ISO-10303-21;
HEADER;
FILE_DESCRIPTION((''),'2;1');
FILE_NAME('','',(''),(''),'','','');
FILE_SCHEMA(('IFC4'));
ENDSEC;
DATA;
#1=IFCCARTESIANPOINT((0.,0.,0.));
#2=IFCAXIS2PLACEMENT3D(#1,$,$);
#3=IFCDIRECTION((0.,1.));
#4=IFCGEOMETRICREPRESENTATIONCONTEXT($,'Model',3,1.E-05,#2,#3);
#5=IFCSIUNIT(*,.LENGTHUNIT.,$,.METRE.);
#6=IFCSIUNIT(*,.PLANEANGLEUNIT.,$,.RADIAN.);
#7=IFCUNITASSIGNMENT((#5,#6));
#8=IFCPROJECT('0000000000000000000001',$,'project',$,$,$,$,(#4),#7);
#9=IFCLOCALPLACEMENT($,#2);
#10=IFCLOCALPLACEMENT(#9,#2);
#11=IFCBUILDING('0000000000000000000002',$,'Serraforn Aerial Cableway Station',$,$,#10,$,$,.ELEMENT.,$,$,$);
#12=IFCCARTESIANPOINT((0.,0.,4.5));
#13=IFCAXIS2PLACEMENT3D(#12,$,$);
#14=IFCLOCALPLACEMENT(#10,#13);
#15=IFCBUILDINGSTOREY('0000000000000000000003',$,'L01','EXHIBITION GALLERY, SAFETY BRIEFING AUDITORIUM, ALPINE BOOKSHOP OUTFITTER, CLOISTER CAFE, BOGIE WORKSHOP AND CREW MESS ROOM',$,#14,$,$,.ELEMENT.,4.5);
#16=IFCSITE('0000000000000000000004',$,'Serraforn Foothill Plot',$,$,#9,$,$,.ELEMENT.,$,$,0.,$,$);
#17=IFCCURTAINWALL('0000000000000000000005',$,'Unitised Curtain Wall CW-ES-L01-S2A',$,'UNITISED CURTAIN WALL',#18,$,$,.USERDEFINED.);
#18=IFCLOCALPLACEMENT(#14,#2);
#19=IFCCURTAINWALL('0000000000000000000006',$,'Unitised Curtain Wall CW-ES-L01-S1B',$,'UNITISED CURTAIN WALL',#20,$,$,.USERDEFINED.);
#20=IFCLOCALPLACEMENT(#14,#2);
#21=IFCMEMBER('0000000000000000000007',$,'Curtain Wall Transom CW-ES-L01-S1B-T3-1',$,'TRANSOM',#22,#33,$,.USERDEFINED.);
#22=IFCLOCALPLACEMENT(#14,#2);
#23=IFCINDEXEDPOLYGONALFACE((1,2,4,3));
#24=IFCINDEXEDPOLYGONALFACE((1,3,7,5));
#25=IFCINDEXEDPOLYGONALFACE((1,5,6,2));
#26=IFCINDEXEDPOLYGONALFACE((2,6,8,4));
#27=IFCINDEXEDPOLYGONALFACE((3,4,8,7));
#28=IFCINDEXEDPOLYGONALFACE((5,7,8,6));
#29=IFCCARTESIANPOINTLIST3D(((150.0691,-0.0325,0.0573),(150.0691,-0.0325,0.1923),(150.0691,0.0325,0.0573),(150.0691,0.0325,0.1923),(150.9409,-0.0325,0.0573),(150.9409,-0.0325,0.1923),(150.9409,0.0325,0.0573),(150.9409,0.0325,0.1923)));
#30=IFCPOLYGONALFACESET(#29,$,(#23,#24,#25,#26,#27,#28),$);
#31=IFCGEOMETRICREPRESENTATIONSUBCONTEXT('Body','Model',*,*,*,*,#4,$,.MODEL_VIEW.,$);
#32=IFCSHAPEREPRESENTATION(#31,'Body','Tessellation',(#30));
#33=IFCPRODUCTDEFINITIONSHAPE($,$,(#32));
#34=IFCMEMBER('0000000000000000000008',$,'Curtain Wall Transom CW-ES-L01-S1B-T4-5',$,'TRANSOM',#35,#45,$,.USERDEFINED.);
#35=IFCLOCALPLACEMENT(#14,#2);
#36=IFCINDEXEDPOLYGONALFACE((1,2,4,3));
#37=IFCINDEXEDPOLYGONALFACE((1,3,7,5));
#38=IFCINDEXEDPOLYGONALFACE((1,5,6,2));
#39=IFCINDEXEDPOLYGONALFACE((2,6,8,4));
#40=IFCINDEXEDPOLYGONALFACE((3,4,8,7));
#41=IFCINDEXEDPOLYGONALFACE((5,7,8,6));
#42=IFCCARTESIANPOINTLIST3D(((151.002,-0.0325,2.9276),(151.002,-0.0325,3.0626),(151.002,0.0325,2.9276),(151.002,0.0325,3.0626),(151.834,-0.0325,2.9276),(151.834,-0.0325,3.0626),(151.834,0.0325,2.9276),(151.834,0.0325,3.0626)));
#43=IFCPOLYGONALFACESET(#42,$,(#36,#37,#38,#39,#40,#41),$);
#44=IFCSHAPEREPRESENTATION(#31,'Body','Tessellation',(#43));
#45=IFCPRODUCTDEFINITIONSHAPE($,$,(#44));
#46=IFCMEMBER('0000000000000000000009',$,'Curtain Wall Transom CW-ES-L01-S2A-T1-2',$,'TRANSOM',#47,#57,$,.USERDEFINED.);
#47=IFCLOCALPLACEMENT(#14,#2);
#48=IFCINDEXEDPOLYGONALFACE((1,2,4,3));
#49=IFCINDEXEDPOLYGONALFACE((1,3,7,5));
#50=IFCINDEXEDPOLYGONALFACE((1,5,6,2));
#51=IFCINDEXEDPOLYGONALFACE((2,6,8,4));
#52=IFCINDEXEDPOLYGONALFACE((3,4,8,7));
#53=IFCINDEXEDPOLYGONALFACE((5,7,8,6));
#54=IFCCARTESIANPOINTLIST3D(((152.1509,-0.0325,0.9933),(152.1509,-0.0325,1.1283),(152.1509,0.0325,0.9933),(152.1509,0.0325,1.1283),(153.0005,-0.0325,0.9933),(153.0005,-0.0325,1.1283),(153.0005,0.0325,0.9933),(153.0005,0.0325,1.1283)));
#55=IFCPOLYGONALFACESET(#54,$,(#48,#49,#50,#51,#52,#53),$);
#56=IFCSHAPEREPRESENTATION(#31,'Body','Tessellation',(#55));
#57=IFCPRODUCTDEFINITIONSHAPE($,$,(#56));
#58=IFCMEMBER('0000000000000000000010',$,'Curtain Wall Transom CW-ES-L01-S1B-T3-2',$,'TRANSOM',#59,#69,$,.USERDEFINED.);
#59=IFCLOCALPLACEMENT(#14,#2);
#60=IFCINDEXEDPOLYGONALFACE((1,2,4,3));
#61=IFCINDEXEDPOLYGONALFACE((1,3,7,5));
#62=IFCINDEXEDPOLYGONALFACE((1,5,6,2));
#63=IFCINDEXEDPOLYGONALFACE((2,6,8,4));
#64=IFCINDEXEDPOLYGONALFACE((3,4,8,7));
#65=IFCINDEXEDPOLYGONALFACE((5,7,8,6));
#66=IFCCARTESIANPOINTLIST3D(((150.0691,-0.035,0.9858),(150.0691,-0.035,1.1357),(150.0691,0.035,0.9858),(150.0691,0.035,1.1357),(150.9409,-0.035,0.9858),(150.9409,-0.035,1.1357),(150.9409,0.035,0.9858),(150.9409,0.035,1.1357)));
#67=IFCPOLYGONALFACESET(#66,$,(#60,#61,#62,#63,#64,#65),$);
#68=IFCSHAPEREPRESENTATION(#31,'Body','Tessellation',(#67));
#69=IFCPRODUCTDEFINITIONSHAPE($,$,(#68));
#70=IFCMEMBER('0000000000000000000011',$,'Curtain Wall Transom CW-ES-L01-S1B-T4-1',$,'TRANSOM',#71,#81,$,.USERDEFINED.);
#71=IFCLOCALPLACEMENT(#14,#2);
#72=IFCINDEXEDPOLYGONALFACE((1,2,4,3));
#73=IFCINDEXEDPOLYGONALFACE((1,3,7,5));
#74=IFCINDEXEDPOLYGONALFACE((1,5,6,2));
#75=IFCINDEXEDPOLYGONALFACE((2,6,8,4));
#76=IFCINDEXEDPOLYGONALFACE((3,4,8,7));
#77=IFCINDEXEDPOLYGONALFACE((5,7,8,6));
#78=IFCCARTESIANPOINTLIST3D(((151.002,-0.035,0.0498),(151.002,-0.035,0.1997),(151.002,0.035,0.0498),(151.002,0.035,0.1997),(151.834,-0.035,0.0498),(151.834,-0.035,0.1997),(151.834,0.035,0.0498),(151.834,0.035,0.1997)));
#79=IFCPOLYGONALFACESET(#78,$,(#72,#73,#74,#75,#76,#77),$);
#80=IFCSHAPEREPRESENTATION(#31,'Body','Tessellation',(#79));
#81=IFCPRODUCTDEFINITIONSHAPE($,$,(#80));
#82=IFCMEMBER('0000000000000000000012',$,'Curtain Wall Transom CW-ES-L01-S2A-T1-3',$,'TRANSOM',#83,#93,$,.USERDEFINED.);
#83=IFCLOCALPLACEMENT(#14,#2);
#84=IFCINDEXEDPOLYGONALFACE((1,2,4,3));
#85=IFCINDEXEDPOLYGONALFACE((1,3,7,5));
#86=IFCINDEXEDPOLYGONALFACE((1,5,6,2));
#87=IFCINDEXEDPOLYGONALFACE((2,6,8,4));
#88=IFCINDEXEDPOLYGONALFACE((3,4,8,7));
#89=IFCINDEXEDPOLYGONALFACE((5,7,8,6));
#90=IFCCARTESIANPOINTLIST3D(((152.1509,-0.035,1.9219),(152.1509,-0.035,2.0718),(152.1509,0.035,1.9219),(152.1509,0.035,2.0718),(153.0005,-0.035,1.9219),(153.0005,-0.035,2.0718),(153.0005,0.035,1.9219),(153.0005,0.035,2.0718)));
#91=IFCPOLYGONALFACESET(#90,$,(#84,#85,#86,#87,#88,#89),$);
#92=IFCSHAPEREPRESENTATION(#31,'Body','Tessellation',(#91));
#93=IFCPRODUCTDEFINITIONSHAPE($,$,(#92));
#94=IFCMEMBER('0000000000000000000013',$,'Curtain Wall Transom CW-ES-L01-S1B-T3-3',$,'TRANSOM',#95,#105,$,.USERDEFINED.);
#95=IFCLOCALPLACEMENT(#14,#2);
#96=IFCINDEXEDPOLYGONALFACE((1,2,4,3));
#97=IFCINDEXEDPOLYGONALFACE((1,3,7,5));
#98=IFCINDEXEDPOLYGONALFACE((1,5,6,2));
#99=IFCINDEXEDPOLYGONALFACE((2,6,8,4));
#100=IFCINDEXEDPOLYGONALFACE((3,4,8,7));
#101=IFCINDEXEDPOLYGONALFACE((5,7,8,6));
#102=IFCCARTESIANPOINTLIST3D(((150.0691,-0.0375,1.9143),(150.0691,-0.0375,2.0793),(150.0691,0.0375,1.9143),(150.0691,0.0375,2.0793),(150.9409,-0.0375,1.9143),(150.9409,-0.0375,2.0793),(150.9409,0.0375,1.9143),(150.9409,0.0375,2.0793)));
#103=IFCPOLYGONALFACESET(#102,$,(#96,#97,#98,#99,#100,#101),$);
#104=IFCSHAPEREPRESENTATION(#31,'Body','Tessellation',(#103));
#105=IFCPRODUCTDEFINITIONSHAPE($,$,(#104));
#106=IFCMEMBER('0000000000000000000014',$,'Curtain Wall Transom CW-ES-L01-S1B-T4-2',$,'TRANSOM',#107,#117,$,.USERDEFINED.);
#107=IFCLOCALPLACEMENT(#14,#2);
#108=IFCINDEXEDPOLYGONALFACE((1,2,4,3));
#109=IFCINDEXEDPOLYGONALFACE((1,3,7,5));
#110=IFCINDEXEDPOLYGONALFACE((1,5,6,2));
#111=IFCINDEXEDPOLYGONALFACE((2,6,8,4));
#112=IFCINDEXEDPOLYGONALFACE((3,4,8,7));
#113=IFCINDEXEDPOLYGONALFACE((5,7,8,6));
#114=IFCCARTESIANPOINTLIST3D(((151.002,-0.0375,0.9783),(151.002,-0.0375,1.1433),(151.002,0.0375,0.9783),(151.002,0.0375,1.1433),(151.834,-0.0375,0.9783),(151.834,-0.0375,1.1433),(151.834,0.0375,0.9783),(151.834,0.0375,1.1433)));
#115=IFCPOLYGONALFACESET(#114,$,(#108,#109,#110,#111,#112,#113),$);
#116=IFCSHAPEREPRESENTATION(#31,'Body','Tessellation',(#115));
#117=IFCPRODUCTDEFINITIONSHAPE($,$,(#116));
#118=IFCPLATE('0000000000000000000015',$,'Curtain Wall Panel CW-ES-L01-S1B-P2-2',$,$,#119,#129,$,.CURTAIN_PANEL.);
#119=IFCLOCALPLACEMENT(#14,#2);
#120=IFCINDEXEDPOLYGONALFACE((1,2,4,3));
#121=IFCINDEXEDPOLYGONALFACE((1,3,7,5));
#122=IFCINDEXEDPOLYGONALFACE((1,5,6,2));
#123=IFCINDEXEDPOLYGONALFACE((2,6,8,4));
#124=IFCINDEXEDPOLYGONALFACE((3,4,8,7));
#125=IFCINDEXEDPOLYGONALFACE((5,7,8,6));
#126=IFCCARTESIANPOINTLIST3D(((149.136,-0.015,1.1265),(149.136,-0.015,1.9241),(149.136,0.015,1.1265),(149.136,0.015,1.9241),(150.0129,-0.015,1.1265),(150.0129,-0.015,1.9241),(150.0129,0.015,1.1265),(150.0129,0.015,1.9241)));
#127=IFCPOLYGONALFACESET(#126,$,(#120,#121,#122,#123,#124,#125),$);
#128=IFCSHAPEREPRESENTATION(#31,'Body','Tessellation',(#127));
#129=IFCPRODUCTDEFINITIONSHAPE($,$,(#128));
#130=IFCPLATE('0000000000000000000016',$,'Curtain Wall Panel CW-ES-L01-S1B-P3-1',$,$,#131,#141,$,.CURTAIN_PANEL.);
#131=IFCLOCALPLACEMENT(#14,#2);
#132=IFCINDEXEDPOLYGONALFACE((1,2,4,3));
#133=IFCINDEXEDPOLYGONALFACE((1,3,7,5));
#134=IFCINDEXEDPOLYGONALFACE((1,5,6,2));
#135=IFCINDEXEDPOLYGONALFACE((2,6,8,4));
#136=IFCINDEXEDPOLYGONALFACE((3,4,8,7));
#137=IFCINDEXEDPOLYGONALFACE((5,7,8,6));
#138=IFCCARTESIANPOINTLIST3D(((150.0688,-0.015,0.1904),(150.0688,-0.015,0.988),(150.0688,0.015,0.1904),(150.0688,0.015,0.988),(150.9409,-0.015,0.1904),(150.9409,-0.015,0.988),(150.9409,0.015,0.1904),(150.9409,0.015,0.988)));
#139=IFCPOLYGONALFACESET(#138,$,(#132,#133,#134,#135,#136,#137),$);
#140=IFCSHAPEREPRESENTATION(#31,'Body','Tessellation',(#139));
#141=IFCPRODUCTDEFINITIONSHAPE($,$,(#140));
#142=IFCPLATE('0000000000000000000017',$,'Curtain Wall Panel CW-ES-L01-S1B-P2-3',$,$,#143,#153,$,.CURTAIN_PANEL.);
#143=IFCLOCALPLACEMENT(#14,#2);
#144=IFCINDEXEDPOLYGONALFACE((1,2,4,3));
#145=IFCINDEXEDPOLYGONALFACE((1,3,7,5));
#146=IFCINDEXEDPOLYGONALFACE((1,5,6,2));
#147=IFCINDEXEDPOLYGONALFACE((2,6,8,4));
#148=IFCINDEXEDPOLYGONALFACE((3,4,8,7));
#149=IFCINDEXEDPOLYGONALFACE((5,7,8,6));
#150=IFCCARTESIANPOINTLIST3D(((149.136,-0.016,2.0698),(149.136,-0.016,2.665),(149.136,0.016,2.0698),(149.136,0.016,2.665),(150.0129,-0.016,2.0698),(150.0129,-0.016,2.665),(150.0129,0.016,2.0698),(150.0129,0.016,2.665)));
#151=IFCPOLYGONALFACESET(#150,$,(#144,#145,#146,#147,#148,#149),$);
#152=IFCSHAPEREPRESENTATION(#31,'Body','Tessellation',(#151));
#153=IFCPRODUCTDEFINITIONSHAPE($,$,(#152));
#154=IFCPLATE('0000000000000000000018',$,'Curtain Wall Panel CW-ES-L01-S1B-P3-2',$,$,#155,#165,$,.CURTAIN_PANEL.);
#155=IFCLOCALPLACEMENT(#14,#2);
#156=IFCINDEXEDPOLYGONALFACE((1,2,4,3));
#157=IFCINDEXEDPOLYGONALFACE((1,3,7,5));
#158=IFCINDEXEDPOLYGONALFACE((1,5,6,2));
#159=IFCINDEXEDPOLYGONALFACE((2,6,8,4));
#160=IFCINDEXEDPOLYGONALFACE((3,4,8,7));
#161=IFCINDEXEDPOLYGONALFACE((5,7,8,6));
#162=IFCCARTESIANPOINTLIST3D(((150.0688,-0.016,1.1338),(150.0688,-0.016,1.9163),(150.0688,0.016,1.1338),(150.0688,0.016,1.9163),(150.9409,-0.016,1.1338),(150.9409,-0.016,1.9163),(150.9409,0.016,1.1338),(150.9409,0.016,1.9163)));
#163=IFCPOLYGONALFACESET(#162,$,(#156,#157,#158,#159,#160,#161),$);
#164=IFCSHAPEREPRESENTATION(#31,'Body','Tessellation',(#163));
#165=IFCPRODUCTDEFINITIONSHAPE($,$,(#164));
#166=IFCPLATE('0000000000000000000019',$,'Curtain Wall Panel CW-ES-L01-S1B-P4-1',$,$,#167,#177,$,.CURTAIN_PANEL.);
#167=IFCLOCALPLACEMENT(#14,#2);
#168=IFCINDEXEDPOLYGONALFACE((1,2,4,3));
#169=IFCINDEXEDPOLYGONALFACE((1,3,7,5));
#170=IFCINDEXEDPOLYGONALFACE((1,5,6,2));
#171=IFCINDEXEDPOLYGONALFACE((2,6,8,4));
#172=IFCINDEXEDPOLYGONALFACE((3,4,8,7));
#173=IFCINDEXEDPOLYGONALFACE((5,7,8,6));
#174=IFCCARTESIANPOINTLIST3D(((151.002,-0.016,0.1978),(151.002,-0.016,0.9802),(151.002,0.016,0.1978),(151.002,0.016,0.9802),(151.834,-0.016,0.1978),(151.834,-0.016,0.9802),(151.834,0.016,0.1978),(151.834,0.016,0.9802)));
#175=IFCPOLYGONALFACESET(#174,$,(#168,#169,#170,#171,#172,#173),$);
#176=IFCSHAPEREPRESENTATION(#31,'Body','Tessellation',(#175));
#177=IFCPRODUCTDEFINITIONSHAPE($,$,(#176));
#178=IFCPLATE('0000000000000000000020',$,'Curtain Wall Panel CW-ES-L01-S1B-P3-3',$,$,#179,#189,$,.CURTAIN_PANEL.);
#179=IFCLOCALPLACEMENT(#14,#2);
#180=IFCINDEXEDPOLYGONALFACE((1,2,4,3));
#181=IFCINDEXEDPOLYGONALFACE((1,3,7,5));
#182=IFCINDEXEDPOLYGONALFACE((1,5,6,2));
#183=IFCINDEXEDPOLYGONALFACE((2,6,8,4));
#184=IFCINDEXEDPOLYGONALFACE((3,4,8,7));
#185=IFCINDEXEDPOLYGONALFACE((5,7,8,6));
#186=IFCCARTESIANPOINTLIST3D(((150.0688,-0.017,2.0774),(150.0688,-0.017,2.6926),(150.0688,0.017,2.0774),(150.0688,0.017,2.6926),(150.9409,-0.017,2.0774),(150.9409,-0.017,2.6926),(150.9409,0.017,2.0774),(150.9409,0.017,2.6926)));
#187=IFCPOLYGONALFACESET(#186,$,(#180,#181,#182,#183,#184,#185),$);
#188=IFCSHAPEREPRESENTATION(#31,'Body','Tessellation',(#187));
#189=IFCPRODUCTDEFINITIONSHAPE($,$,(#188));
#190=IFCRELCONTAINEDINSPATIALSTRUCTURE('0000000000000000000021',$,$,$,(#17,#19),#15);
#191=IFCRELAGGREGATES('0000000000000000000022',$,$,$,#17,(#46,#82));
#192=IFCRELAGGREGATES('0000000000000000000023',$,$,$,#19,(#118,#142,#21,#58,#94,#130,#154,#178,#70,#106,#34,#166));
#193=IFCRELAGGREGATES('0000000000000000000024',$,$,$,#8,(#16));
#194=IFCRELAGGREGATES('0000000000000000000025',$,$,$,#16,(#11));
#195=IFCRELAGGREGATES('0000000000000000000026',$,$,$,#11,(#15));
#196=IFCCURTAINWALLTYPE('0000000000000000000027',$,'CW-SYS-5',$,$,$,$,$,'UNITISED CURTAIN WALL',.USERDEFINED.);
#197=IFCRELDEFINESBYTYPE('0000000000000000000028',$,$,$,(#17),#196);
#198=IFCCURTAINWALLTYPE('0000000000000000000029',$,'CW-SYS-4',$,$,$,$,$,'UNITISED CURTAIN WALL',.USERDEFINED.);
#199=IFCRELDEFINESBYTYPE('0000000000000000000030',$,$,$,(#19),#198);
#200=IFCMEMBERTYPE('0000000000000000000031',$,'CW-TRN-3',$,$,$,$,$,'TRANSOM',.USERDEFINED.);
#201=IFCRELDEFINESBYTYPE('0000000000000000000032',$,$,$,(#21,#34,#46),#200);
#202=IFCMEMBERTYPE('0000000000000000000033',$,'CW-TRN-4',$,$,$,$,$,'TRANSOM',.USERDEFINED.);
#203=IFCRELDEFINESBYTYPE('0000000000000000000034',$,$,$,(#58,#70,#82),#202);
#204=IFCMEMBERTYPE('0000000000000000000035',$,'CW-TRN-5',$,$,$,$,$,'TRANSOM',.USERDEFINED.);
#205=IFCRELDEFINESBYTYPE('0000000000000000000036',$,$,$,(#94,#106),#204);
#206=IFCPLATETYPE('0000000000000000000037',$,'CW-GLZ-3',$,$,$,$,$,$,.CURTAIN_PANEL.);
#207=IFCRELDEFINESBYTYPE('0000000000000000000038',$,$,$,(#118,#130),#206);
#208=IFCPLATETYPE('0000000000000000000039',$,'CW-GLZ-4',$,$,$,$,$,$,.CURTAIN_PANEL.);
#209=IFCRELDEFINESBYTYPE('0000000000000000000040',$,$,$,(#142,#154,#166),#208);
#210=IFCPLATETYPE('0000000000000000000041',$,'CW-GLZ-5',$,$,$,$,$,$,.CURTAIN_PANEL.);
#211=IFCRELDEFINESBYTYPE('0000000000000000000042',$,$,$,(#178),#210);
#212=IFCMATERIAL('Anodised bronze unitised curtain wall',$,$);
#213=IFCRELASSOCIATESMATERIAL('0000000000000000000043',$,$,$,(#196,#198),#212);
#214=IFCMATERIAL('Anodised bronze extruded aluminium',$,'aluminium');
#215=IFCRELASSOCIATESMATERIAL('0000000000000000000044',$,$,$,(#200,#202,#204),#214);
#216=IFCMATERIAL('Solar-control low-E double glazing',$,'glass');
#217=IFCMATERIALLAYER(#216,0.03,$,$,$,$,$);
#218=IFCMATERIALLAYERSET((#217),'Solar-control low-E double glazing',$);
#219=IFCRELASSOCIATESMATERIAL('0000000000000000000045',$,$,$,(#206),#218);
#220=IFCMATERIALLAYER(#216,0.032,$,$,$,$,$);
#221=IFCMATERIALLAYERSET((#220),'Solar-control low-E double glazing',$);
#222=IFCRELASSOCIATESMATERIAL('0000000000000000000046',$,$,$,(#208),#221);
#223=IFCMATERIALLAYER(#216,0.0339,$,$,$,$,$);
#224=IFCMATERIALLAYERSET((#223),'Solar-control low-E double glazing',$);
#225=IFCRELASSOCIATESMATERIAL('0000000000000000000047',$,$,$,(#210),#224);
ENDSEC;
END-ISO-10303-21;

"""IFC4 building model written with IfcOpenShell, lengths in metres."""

from ifc_helpers import new_model, si_unit, direction, frame, origin, origin_2d, place, context, subcontext, project, spatial, rectangle, extrude, material, layer, layer_set, material_profile, profile_set, type_object, element, aggregate, save


model = new_model("IFC4")

# Units and contexts
model_context = context("Model", 3, precision=1e-05, world=origin(), true_north=direction((0.0, 1.0)))
body_context = subcontext(model_context, "Body", "Model", "MODEL_VIEW")
ifc_project = project(units=[si_unit("LENGTHUNIT", "METRE"), si_unit("PLANEANGLEUNIT", "RADIAN")], contexts=[model_context])

# Site, building, storey
site_placement = place(None, origin())
site = spatial("IfcSite", under=ifc_project, at=site_placement, Name="Serraforn Foothill Plot", CompositionType="ELEMENT", RefElevation=0.0)
building_placement = place(site_placement, origin())
building = spatial("IfcBuilding", under=site, at=building_placement, Name="Serraforn Aerial Cableway Station", CompositionType="ELEMENT")
storey_placement = place(building_placement, frame((0.0, 0.0, 4.5)))
storey = spatial("IfcBuildingStorey", under=building, at=storey_placement, Name="L01", Description="EXHIBITION GALLERY, SAFETY BRIEFING AUDITORIUM, ALPINE BOOKSHOP OUTFITTER, CLOISTER CAFE, BOGIE WORKSHOP AND CREW MESS ROOM", CompositionType="ELEMENT", Elevation=4.5)

# Curtain wall
ifc_material_1 = material(Name="Anodised bronze unitised curtain wall")
curtain_wall_type_1 = type_object("IfcCurtainWallType", Name="CW-SYS-5", ElementType="UNITISED CURTAIN WALL", PredefinedType="USERDEFINED", material=ifc_material_1)
curtain_wall_1_placement = place(storey_placement, origin())
curtain_wall_1 = element("IfcCurtainWall", 1, at=curtain_wall_1_placement, inside=storey, type_object=curtain_wall_type_1, Name="Unitised Curtain Wall CW-ES-L01-S2A", ObjectType="UNITISED CURTAIN WALL", PredefinedType="USERDEFINED")
ifc_material_2 = material(Name="Anodised bronze extruded aluminium", Category="aluminium")

# Curtain wall
curtain_wall_type_2 = type_object("IfcCurtainWallType", Name="CW-SYS-4", ElementType="UNITISED CURTAIN WALL", PredefinedType="USERDEFINED", material=ifc_material_1)
curtain_wall_2_placement = place(storey_placement, origin())
curtain_wall_2 = element("IfcCurtainWall", 2, at=curtain_wall_2_placement, inside=storey, type_object=curtain_wall_type_2, Name="Unitised Curtain Wall CW-ES-L01-S1B", ObjectType="UNITISED CURTAIN WALL", PredefinedType="USERDEFINED")

# Members
ifc_material_profile_1 = material_profile(ifc_material_2, rectangle(XDim=0.0649, YDim=0.135, at=origin_2d()), Name="CW TRANSOM 65x135")
ifc_profile_set_1 = profile_set([ifc_material_profile_1], Name="Anodised bronze extruded aluminium")
member_type_1 = type_object("IfcMemberType", Name="CW-TRN-3", ElementType="TRANSOM", PredefinedType="USERDEFINED", material=ifc_profile_set_1)
member_1_placement = place(storey_placement, frame((150.0691, 0.0, 0.1248), z_axis=(1.0, 0.0, 0.0), x_axis=(0.0, 1.0, 0.0)))
member_1 = element("IfcMember", 3, at=member_1_placement, type_object=member_type_1, Name="Curtain Wall Transom CW-ES-L01-S1B-T3-1", ObjectType="TRANSOM", PredefinedType="USERDEFINED", context=body_context, shape_type="SweptSolid", body=[
    extrude(rectangle(XDim=0.0649, YDim=0.135, at=origin_2d()), origin(), (0.0, 0.0, 1.0), 0.8718),
])
member_2_placement = place(storey_placement, frame((151.002, 0.0, 2.9951), z_axis=(1.0, 0.0, 0.0), x_axis=(0.0, 1.0, 0.0)))
member_2 = element("IfcMember", 4, at=member_2_placement, type_object=member_type_1, Name="Curtain Wall Transom CW-ES-L01-S1B-T4-5", ObjectType="TRANSOM", PredefinedType="USERDEFINED", context=body_context, shape_type="SweptSolid", body=[
    extrude(rectangle(XDim=0.0649, YDim=0.135, at=origin_2d()), origin(), (0.0, 0.0, 1.0), 0.832),
])
member_3_placement = place(storey_placement, frame((152.1509, 0.0, 1.0608), z_axis=(1.0, 0.0, 0.0), x_axis=(0.0, 1.0, 0.0)))
member_3 = element("IfcMember", 5, at=member_3_placement, type_object=member_type_1, Name="Curtain Wall Transom CW-ES-L01-S2A-T1-2", ObjectType="TRANSOM", PredefinedType="USERDEFINED", context=body_context, shape_type="SweptSolid", body=[
    extrude(rectangle(XDim=0.0649, YDim=0.135, at=origin_2d()), origin(), (0.0, 0.0, 1.0), 0.8496),
])
ifc_material_profile_2 = material_profile(ifc_material_2, rectangle(XDim=0.0701, YDim=0.1499, at=origin_2d()), Name="CW TRANSOM 70x150")
ifc_profile_set_2 = profile_set([ifc_material_profile_2], Name="Anodised bronze extruded aluminium")
member_type_2 = type_object("IfcMemberType", Name="CW-TRN-4", ElementType="TRANSOM", PredefinedType="USERDEFINED", material=ifc_profile_set_2)
member_4_placement = place(storey_placement, frame((150.0691, 0.0, 1.0608), z_axis=(1.0, 0.0, 0.0), x_axis=(0.0, 1.0, 0.0)))
member_4 = element("IfcMember", 6, at=member_4_placement, type_object=member_type_2, Name="Curtain Wall Transom CW-ES-L01-S1B-T3-2", ObjectType="TRANSOM", PredefinedType="USERDEFINED", context=body_context, shape_type="SweptSolid", body=[
    extrude(rectangle(XDim=0.0701, YDim=0.1499, at=origin_2d()), origin(), (0.0, 0.0, 1.0), 0.8718),
])
member_5_placement = place(storey_placement, frame((151.002, 0.0, 0.1248), z_axis=(1.0, 0.0, 0.0), x_axis=(0.0, 1.0, 0.0)))
member_5 = element("IfcMember", 7, at=member_5_placement, type_object=member_type_2, Name="Curtain Wall Transom CW-ES-L01-S1B-T4-1", ObjectType="TRANSOM", PredefinedType="USERDEFINED", context=body_context, shape_type="SweptSolid", body=[
    extrude(rectangle(XDim=0.0701, YDim=0.1499, at=origin_2d()), origin(), (0.0, 0.0, 1.0), 0.832),
])
member_6_placement = place(storey_placement, frame((152.1509, 0.0, 1.9968), z_axis=(1.0, 0.0, 0.0), x_axis=(0.0, 1.0, 0.0)))
member_6 = element("IfcMember", 8, at=member_6_placement, type_object=member_type_2, Name="Curtain Wall Transom CW-ES-L01-S2A-T1-3", ObjectType="TRANSOM", PredefinedType="USERDEFINED", context=body_context, shape_type="SweptSolid", body=[
    extrude(rectangle(XDim=0.0701, YDim=0.1499, at=origin_2d()), origin(), (0.0, 0.0, 1.0), 0.8496),
])
aggregate(curtain_wall_1, [member_3, member_6])
ifc_material_profile_3 = material_profile(ifc_material_2, rectangle(XDim=0.075, YDim=0.165, at=origin_2d()), Name="CW TRANSOM 75x165")
ifc_profile_set_3 = profile_set([ifc_material_profile_3], Name="Anodised bronze extruded aluminium")
member_type_3 = type_object("IfcMemberType", Name="CW-TRN-5", ElementType="TRANSOM", PredefinedType="USERDEFINED", material=ifc_profile_set_3)
member_7_placement = place(storey_placement, frame((150.0691, 0.0, 1.9968), z_axis=(1.0, 0.0, 0.0), x_axis=(0.0, 1.0, 0.0)))
member_7 = element("IfcMember", 9, at=member_7_placement, type_object=member_type_3, Name="Curtain Wall Transom CW-ES-L01-S1B-T3-3", ObjectType="TRANSOM", PredefinedType="USERDEFINED", context=body_context, shape_type="SweptSolid", body=[
    extrude(rectangle(XDim=0.075, YDim=0.165, at=origin_2d()), origin(), (0.0, 0.0, 1.0), 0.8718),
])
member_8_placement = place(storey_placement, frame((151.002, 0.0, 1.0608), z_axis=(1.0, 0.0, 0.0), x_axis=(0.0, 1.0, 0.0)))
member_8 = element("IfcMember", 10, at=member_8_placement, type_object=member_type_3, Name="Curtain Wall Transom CW-ES-L01-S1B-T4-2", ObjectType="TRANSOM", PredefinedType="USERDEFINED", context=body_context, shape_type="SweptSolid", body=[
    extrude(rectangle(XDim=0.075, YDim=0.165, at=origin_2d()), origin(), (0.0, 0.0, 1.0), 0.832),
])

# Plates
ifc_material_3 = material(Name="Solar-control low-E double glazing", Category="glass")
ifc_layer_1 = layer(ifc_material_3, 0.03)
ifc_layer_set_1 = layer_set([ifc_layer_1], Name="Solar-control low-E double glazing")
plate_type_1 = type_object("IfcPlateType", Name="CW-GLZ-3", PredefinedType="CURTAIN_PANEL", material=ifc_layer_set_1)
plate_1_placement = place(storey_placement, frame((149.5745, 0.0, 1.1265), z_axis=(0.0, 0.0, 1.0), x_axis=(1.0, 0.0, 0.0)))
plate_1 = element("IfcPlate", 11, at=plate_1_placement, type_object=plate_type_1, Name="Curtain Wall Panel CW-ES-L01-S1B-P2-2", PredefinedType="CURTAIN_PANEL", context=body_context, shape_type="SweptSolid", body=[
    extrude(rectangle(XDim=0.877, YDim=0.03, at=origin_2d()), origin(), (0.0, 0.0, 1.0), 0.7976),
])
plate_2_placement = place(storey_placement, frame((150.5049, 0.0, 0.1904), z_axis=(0.0, 0.0, 1.0), x_axis=(1.0, 0.0, 0.0)))
plate_2 = element("IfcPlate", 12, at=plate_2_placement, type_object=plate_type_1, Name="Curtain Wall Panel CW-ES-L01-S1B-P3-1", PredefinedType="CURTAIN_PANEL", context=body_context, shape_type="SweptSolid", body=[
    extrude(rectangle(XDim=0.8721, YDim=0.03, at=origin_2d()), origin(), (0.0, 0.0, 1.0), 0.7976),
])
ifc_layer_2 = layer(ifc_material_3, 0.032)
ifc_layer_set_2 = layer_set([ifc_layer_2], Name="Solar-control low-E double glazing")
plate_type_2 = type_object("IfcPlateType", Name="CW-GLZ-4", PredefinedType="CURTAIN_PANEL", material=ifc_layer_set_2)
plate_3_placement = place(storey_placement, frame((149.5745, 0.0, 2.0698), z_axis=(0.0, 0.0, 1.0), x_axis=(1.0, 0.0, 0.0)))
plate_3 = element("IfcPlate", 13, at=plate_3_placement, type_object=plate_type_2, Name="Curtain Wall Panel CW-ES-L01-S1B-P2-3", PredefinedType="CURTAIN_PANEL", context=body_context, shape_type="SweptSolid", body=[
    extrude(rectangle(XDim=0.877, YDim=0.032, at=origin_2d()), origin(), (0.0, 0.0, 1.0), 0.5952),
])
plate_4_placement = place(storey_placement, frame((150.5049, 0.0, 1.1338), z_axis=(0.0, 0.0, 1.0), x_axis=(1.0, 0.0, 0.0)))
plate_4 = element("IfcPlate", 14, at=plate_4_placement, type_object=plate_type_2, Name="Curtain Wall Panel CW-ES-L01-S1B-P3-2", PredefinedType="CURTAIN_PANEL", context=body_context, shape_type="SweptSolid", body=[
    extrude(rectangle(XDim=0.8721, YDim=0.032, at=origin_2d()), origin(), (0.0, 0.0, 1.0), 0.7825),
])
plate_5_placement = place(storey_placement, frame((151.418, 0.0, 0.1978), z_axis=(0.0, 0.0, 1.0), x_axis=(1.0, 0.0, 0.0)))
plate_5 = element("IfcPlate", 15, at=plate_5_placement, type_object=plate_type_2, Name="Curtain Wall Panel CW-ES-L01-S1B-P4-1", PredefinedType="CURTAIN_PANEL", context=body_context, shape_type="SweptSolid", body=[
    extrude(rectangle(XDim=0.832, YDim=0.032, at=origin_2d()), origin(), (0.0, 0.0, 1.0), 0.7825),
])
ifc_layer_3 = layer(ifc_material_3, 0.0339)
ifc_layer_set_3 = layer_set([ifc_layer_3], Name="Solar-control low-E double glazing")
plate_type_3 = type_object("IfcPlateType", Name="CW-GLZ-5", PredefinedType="CURTAIN_PANEL", material=ifc_layer_set_3)
plate_6_placement = place(storey_placement, frame((150.5049, 0.0, 2.0774), z_axis=(0.0, 0.0, 1.0), x_axis=(1.0, 0.0, 0.0)))
plate_6 = element("IfcPlate", 16, at=plate_6_placement, type_object=plate_type_3, Name="Curtain Wall Panel CW-ES-L01-S1B-P3-3", PredefinedType="CURTAIN_PANEL", context=body_context, shape_type="SweptSolid", body=[
    extrude(rectangle(XDim=0.8721, YDim=0.0339, at=origin_2d()), origin(), (0.0, 0.0, 1.0), 0.6152),
])
aggregate(curtain_wall_2, [plate_1, plate_3, member_1, member_4, member_7, plate_2, plate_4, plate_6, member_5, member_8, member_2, plate_5])

save(model, "model.ifc")
